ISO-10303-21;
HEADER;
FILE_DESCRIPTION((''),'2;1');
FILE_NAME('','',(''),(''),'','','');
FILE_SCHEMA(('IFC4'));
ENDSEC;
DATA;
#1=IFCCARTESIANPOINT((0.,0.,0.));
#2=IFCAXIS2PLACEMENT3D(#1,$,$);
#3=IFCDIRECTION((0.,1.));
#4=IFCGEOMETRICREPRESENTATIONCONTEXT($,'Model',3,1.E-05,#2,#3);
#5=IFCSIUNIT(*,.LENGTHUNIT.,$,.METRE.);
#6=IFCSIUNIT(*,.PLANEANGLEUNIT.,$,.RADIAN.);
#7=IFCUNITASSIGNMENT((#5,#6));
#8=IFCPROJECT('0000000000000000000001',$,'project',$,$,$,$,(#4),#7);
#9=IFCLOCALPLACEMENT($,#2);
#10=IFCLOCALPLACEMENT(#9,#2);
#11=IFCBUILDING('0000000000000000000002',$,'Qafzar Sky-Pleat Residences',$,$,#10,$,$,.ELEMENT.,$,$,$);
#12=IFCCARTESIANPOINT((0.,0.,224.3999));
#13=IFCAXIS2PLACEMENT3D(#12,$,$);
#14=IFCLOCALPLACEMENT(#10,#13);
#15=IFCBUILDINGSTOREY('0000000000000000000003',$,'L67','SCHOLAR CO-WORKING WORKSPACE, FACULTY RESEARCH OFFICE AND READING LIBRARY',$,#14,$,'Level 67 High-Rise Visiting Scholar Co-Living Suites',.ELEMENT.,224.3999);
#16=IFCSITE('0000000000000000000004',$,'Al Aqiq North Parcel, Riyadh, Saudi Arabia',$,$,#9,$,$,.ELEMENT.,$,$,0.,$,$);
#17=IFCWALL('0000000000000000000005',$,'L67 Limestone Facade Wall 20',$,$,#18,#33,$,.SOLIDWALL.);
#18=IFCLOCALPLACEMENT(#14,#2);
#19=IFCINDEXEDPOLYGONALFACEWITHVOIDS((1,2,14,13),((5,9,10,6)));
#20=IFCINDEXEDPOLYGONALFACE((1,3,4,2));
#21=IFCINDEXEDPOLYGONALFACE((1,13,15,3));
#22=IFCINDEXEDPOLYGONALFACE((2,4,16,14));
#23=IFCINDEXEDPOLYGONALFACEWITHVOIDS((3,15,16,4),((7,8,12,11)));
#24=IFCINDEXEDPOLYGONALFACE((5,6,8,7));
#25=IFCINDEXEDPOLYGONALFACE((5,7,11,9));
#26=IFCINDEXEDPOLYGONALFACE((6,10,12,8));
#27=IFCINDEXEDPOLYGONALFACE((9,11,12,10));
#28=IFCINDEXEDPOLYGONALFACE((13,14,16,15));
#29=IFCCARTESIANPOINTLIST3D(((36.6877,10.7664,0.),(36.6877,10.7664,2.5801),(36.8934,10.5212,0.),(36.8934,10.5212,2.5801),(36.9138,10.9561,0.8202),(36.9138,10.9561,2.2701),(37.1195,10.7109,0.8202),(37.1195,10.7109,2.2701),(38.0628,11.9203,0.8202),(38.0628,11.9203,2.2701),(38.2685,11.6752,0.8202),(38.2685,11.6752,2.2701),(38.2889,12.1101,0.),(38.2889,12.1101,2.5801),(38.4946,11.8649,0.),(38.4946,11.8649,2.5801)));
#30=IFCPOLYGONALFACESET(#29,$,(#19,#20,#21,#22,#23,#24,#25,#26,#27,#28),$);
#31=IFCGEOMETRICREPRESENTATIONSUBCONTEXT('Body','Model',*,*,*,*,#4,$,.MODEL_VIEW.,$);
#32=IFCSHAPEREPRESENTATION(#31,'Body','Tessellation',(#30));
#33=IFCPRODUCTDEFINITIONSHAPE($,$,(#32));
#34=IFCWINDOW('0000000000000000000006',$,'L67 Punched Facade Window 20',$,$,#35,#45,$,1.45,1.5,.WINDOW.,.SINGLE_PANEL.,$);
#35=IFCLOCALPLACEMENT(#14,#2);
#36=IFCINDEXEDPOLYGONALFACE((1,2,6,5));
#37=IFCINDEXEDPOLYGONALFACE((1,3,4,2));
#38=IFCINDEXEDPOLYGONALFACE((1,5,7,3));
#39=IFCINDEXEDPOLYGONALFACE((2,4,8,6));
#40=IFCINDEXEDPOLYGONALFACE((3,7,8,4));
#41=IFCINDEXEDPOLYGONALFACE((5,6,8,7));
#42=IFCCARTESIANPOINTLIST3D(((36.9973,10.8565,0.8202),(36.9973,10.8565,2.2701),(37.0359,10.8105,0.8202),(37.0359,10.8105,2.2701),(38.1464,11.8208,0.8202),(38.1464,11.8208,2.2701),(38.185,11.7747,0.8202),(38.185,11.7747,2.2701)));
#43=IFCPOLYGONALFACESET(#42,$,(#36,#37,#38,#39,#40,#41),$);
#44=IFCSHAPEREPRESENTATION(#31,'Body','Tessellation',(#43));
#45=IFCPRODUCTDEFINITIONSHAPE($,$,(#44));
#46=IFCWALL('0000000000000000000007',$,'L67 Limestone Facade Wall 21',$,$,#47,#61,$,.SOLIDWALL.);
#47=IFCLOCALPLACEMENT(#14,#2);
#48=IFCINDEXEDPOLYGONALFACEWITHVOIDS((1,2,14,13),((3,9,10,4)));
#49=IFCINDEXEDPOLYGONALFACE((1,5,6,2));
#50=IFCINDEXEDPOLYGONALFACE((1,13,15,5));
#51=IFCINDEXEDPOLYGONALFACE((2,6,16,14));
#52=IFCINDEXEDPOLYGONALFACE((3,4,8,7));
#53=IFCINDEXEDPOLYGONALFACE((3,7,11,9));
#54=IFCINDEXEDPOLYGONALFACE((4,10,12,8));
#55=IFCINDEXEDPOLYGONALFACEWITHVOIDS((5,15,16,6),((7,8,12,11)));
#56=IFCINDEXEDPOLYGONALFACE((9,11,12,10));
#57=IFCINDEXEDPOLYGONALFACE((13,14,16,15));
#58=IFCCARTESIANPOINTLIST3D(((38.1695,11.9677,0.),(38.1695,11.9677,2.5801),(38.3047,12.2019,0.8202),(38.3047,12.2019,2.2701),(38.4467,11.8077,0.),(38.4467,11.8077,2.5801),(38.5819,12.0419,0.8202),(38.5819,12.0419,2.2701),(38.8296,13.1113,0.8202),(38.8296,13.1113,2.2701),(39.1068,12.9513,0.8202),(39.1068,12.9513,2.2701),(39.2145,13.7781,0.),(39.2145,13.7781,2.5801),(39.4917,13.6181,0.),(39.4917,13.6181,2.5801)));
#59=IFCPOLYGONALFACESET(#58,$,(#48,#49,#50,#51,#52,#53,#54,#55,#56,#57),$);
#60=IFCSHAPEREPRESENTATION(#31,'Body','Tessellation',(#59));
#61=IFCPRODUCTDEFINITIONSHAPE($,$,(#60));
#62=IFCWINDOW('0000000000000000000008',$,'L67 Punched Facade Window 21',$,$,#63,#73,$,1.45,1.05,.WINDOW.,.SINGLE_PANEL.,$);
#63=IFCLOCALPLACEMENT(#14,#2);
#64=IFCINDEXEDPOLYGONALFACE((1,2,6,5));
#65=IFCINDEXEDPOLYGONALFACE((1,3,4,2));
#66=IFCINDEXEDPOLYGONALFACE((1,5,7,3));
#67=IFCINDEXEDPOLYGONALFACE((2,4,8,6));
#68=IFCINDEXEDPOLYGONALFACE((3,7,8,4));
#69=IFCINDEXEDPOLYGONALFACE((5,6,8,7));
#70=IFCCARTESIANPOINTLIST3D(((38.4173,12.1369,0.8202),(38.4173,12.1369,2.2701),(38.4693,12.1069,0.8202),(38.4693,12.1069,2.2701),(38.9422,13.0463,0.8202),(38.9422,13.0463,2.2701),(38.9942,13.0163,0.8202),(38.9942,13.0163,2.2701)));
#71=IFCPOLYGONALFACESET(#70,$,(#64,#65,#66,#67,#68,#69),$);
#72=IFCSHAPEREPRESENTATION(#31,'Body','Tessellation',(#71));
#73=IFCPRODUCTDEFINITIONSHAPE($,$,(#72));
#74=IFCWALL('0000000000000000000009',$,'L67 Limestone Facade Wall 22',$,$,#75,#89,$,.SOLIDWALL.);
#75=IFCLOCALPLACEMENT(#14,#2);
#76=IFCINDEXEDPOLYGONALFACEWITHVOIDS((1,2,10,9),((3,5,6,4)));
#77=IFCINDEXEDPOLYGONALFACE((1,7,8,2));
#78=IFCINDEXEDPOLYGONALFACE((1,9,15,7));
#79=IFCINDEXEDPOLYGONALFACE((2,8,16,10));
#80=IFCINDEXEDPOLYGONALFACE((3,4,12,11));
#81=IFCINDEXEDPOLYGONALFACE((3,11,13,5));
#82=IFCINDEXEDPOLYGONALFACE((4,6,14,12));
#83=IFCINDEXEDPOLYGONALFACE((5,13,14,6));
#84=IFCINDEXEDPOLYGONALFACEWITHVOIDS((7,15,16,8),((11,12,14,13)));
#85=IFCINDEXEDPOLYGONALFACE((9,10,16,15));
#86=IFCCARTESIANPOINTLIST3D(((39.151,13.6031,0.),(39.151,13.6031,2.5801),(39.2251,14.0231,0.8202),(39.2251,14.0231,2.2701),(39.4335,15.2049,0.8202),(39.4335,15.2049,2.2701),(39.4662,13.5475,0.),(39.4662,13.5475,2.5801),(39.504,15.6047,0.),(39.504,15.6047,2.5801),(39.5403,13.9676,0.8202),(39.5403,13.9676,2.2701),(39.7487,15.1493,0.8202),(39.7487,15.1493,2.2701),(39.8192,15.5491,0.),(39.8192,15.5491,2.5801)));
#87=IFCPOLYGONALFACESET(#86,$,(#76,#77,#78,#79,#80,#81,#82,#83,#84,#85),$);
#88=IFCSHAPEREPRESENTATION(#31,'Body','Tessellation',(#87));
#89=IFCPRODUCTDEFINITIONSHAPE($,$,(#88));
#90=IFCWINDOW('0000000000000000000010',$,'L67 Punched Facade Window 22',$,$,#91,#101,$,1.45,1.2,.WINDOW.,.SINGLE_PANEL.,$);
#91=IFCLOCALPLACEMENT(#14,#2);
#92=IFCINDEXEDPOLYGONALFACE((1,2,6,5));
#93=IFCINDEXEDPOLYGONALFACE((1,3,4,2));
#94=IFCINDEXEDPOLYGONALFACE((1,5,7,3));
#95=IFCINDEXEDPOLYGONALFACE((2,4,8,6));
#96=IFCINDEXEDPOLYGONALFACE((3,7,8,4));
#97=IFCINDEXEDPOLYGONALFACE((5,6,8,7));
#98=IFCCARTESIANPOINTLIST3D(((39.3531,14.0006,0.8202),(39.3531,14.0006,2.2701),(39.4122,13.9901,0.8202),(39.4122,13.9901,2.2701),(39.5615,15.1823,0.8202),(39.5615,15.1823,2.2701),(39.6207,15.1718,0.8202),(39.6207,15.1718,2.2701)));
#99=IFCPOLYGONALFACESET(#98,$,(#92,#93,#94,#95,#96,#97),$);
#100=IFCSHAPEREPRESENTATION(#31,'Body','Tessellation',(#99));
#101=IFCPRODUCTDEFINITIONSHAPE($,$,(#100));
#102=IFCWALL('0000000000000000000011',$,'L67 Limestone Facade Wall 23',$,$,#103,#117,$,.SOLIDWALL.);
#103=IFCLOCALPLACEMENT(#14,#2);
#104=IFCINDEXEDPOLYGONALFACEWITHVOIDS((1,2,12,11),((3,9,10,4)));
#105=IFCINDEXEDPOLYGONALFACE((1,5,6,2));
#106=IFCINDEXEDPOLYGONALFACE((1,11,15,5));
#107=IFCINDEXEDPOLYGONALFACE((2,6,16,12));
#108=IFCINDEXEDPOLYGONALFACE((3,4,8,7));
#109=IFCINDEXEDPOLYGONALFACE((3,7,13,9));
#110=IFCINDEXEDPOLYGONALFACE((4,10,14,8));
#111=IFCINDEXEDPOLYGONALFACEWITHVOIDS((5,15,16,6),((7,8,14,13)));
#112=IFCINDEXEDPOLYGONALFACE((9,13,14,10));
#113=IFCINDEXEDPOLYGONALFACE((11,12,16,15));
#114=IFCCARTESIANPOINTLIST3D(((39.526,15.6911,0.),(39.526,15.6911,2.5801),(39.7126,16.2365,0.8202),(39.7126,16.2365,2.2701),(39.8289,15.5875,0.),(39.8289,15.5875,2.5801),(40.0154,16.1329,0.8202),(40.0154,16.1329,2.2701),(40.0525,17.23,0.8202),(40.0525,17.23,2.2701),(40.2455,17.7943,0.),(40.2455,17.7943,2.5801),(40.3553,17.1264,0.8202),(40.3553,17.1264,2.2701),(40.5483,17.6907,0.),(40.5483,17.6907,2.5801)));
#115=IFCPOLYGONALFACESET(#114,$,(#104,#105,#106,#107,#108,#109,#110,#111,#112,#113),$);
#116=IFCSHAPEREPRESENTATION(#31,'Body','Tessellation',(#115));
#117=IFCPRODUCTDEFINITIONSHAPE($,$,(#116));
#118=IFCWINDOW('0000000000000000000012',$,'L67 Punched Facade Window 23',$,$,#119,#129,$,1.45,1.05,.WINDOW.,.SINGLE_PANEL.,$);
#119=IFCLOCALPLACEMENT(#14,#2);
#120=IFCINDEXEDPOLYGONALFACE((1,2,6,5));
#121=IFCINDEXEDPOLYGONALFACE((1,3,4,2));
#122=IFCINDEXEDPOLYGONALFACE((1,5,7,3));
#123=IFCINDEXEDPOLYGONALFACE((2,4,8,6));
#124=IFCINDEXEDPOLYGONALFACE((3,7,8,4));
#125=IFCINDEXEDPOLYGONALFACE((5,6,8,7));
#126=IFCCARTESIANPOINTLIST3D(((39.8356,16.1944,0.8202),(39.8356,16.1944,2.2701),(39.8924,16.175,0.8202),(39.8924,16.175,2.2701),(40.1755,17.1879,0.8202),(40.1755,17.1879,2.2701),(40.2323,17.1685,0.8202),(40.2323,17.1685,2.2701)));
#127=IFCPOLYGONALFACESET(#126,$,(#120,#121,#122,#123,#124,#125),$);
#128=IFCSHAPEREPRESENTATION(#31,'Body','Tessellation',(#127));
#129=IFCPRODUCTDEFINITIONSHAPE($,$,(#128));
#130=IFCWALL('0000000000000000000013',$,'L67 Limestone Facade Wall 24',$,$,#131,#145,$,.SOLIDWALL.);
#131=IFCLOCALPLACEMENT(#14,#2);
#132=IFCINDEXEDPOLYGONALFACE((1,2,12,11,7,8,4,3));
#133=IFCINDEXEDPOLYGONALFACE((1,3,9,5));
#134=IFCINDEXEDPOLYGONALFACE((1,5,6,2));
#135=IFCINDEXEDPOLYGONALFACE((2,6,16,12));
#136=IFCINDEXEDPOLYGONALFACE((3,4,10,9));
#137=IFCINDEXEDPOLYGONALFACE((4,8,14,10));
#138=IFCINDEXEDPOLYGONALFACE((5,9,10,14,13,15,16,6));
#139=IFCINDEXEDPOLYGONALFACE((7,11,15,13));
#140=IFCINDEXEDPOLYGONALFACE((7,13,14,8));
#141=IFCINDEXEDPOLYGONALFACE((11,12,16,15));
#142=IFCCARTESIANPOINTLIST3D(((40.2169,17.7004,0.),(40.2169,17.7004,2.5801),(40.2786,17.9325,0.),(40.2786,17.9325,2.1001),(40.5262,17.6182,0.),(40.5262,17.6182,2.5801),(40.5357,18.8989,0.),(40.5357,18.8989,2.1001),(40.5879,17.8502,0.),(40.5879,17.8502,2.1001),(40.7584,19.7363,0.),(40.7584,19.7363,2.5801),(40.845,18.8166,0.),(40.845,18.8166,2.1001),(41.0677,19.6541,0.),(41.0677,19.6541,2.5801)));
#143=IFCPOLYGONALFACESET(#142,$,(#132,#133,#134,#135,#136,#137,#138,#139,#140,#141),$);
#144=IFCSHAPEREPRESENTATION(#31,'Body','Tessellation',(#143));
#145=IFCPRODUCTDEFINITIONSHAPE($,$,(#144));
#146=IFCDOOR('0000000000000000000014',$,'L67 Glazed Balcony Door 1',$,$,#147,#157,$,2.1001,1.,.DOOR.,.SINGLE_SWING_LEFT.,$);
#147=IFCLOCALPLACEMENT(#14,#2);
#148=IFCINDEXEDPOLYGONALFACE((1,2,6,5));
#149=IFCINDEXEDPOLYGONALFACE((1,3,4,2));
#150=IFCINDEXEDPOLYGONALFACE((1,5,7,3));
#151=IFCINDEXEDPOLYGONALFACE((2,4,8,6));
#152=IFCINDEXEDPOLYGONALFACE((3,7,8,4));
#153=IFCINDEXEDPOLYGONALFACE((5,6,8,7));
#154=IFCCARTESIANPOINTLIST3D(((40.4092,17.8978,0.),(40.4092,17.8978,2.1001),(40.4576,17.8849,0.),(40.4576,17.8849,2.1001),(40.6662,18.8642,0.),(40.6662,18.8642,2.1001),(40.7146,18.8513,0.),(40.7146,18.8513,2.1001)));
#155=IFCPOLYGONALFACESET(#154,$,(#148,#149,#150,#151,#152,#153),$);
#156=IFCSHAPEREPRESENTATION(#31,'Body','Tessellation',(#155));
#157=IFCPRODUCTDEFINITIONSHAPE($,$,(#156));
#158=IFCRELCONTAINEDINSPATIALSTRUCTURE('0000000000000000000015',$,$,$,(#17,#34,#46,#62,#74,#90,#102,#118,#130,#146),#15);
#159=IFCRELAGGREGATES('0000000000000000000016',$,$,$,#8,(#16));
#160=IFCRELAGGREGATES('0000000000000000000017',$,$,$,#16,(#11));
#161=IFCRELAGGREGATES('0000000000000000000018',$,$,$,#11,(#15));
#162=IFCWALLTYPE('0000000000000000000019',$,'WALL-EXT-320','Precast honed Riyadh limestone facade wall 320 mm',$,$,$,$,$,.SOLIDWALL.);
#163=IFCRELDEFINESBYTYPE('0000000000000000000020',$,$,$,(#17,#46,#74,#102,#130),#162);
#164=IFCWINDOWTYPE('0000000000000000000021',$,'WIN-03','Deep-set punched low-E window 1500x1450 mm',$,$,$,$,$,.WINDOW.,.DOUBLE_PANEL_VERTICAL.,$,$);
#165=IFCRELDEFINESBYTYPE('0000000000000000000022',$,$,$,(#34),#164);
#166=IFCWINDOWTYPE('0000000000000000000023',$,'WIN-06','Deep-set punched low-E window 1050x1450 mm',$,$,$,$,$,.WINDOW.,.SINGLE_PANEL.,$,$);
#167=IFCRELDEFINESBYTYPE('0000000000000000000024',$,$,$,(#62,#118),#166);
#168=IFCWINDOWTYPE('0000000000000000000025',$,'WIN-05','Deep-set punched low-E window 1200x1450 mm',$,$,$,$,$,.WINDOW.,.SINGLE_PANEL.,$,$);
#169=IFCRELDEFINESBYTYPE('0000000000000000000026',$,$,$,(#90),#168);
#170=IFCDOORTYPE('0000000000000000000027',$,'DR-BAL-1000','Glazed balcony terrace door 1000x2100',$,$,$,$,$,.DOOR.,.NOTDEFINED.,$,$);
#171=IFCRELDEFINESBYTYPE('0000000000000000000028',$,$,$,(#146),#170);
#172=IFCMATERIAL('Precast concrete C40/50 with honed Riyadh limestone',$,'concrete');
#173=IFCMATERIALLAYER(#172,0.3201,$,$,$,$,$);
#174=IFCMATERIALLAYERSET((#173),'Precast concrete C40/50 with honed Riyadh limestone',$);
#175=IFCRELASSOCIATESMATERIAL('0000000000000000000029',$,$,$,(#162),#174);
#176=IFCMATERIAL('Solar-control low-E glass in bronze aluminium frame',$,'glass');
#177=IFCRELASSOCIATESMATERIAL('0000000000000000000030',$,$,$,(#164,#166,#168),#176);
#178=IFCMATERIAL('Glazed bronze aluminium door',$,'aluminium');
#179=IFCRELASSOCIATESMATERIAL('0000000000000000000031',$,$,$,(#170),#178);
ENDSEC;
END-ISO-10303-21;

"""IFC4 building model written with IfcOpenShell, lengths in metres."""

from ifc_helpers import new_model, si_unit, direction, frame, frame_2d, origin, place, context, subcontext, project, spatial, rectangle, extrude, source, transform, mapped, material, layer, layer_set, type_object, element, fill, save


model = new_model("IFC4")

# Units and contexts
model_context = context("Model", 3, precision=1e-05, world=origin(), true_north=direction((0.0, 1.0)))
body_context = subcontext(model_context, "Body", "Model", "MODEL_VIEW")
ifc_project = project(units=[si_unit("LENGTHUNIT", "METRE"), si_unit("PLANEANGLEUNIT", "RADIAN")], contexts=[model_context])

# Site, building, storey
site_placement = place(None, origin())
site = spatial("IfcSite", under=ifc_project, at=site_placement, Name="Al Aqiq North Parcel, Riyadh, Saudi Arabia", CompositionType="ELEMENT", RefElevation=0.0)
building_placement = place(site_placement, origin())
building = spatial("IfcBuilding", under=site, at=building_placement, Name="Qafzar Sky-Pleat Residences", CompositionType="ELEMENT")
storey_placement = place(building_placement, frame((0.0, 0.0, 224.3999)))
storey = spatial("IfcBuildingStorey", under=building, at=storey_placement, Name="L67", Description="SCHOLAR CO-WORKING WORKSPACE, FACULTY RESEARCH OFFICE AND READING LIBRARY", LongName="Level 67 High-Rise Visiting Scholar Co-Living Suites", CompositionType="ELEMENT", Elevation=224.3999)

# Walls, openings, windows
ifc_material_1 = material(Name="Precast concrete C40/50 with honed Riyadh limestone", Category="concrete")
ifc_layer_1 = layer(ifc_material_1, 0.3201)
ifc_layer_set_1 = layer_set([ifc_layer_1], Name="Precast concrete C40/50 with honed Riyadh limestone")
wall_type_1 = type_object("IfcWallType", Name="WALL-EXT-320", Description="Precast honed Riyadh limestone facade wall 320 mm", PredefinedType="SOLIDWALL", material=ifc_layer_set_1)
ifc_material_2 = material(Name="Solar-control low-E glass in bronze aluminium frame", Category="glass")
wall_1_placement = place(storey_placement, frame((36.7905, 10.6438, 0.0), z_axis=(0.0, 0.0, 1.0), x_axis=(0.766025, 0.642811, 0.0)))
wall_1 = element("IfcWall", 1, at=wall_1_placement, inside=storey, type_object=wall_type_1, Name="L67 Limestone Facade Wall 20", PredefinedType="SOLIDWALL", context=body_context, shape_type="SweptSolid", body=[
    extrude(rectangle(XDim=2.0903, YDim=0.3201, at=frame_2d((1.0452, 0.0))), origin(), (0.0, 0.0, 1.0), 2.5801),
])
opening_1_placement = place(wall_1_placement, frame((0.2952, 0.0, 0.8201)))
opening_1 = element("IfcOpeningElement", 2, at=opening_1_placement, cuts=wall_1, PredefinedType="OPENING", context=body_context, shape_type="SweptSolid", body=[
    extrude(rectangle(XDim=1.5, YDim=1.45, at=frame_2d((0.75, 0.7251))), frame((0.0, 0.1699, 0.0), z_axis=(0.0, -1.0, 0.0), x_axis=(1.0, 0.0, 0.0)), (0.0, 0.0, 1.0), 0.3401),
])
window_type_1 = type_object("IfcWindowType", Name="WIN-03", Description="Deep-set punched low-E window 1500x1450 mm", PartitioningType="DOUBLE_PANEL_VERTICAL", PredefinedType="WINDOW", material=ifc_material_2)
shared_shape_1 = source(origin(), body_context, "Body", "SweptSolid", [
    extrude(rectangle(XDim=1.5, YDim=1.45, at=frame_2d((0.75, 0.7251))), frame((0.0, 0.03, 0.0), z_axis=(0.0, -1.0, 0.0), x_axis=(1.0, 0.0, 0.0)), (0.0, 0.0, 1.0), 0.0601),
])
window_1_placement = place(opening_1_placement, origin())
window_1 = element("IfcWindow", 3, at=window_1_placement, inside=storey, type_object=window_type_1, Name="L67 Punched Facade Window 20", OverallHeight=1.45, OverallWidth=1.5, PartitioningType="SINGLE_PANEL", PredefinedType="WINDOW", context=body_context, shape_type="MappedRepresentation", body=[
    mapped(shared_shape_1, transform((0.0, 0.0, 0.0), x_axis=(1.0, 0.0, 0.0), y_axis=(0.0, 1.0, 0.0), z_axis=(0.0, 0.0, 1.0), scale=1.0)),
])
fill(opening_1, window_1)
wall_2_placement = place(storey_placement, frame((38.3081, 11.8877, 0.0), z_axis=(0.0, 0.0, 1.0), x_axis=(0.499908, 0.866079, 0.0)))
wall_2 = element("IfcWall", 4, at=wall_2_placement, inside=storey, type_object=wall_type_1, Name="L67 Limestone Facade Wall 21", PredefinedType="SOLIDWALL", context=body_context, shape_type="SweptSolid", body=[
    extrude(rectangle(XDim=2.0903, YDim=0.3201, at=frame_2d((1.0452, 0.0))), origin(), (0.0, 0.0, 1.0), 2.5801),
])
opening_2_placement = place(wall_2_placement, frame((0.2705, 0.0, 0.8201)))
opening_2 = element("IfcOpeningElement", 5, at=opening_2_placement, cuts=wall_2, PredefinedType="OPENING", context=body_context, shape_type="SweptSolid", body=[
    extrude(rectangle(XDim=1.05, YDim=1.45, at=frame_2d((0.5249, 0.7251))), frame((0.0, 0.1699, 0.0), z_axis=(0.0, -1.0, 0.0), x_axis=(1.0, 0.0, 0.0)), (0.0, 0.0, 1.0), 0.3401),
])
window_type_2 = type_object("IfcWindowType", Name="WIN-06", Description="Deep-set punched low-E window 1050x1450 mm", PartitioningType="SINGLE_PANEL", PredefinedType="WINDOW", material=ifc_material_2)
shared_shape_2 = source(origin(), body_context, "Body", "SweptSolid", [
    extrude(rectangle(XDim=1.05, YDim=1.45, at=frame_2d((0.5249, 0.7251))), frame((0.0, 0.03, 0.0), z_axis=(0.0, -1.0, 0.0), x_axis=(1.0, 0.0, 0.0)), (0.0, 0.0, 1.0), 0.0601),
])
window_2_placement = place(opening_2_placement, origin())
window_2 = element("IfcWindow", 6, at=window_2_placement, inside=storey, type_object=window_type_2, Name="L67 Punched Facade Window 21", OverallHeight=1.45, OverallWidth=1.05, PartitioningType="SINGLE_PANEL", PredefinedType="WINDOW", context=body_context, shape_type="MappedRepresentation", body=[
    mapped(shared_shape_2, transform((0.0, 0.0, 0.0), x_axis=(1.0, 0.0, 0.0), y_axis=(0.0, 1.0, 0.0), z_axis=(0.0, 0.0, 1.0), scale=1.0)),
])
fill(opening_2, window_2)
wall_3_placement = place(storey_placement, frame((39.3086, 13.5754, 0.0), z_axis=(0.0, 0.0, 1.0), x_axis=(0.173703, 0.984798, 0.0)))
wall_3 = element("IfcWall", 7, at=wall_3_placement, inside=storey, type_object=wall_type_1, Name="L67 Limestone Facade Wall 22", PredefinedType="SOLIDWALL", context=body_context, shape_type="SweptSolid", body=[
    extrude(rectangle(XDim=2.0325, YDim=0.3201, at=frame_2d((1.0161, 0.0))), origin(), (0.0, 0.0, 1.0), 2.5801),
])
opening_3_placement = place(wall_3_placement, frame((0.4263, 0.0, 0.8201)))
opening_3 = element("IfcOpeningElement", 8, at=opening_3_placement, cuts=wall_3, PredefinedType="OPENING", context=body_context, shape_type="SweptSolid", body=[
    extrude(rectangle(XDim=1.2, YDim=1.45, at=frame_2d((0.6001, 0.7251))), frame((0.0, 0.1699, 0.0), z_axis=(0.0, -1.0, 0.0), x_axis=(1.0, 0.0, 0.0)), (0.0, 0.0, 1.0), 0.3401),
])
window_type_3 = type_object("IfcWindowType", Name="WIN-05", Description="Deep-set punched low-E window 1200x1450 mm", PartitioningType="SINGLE_PANEL", PredefinedType="WINDOW", material=ifc_material_2)
shared_shape_3 = source(origin(), body_context, "Body", "SweptSolid", [
    extrude(rectangle(XDim=1.2, YDim=1.45, at=frame_2d((0.6001, 0.7251))), frame((0.0, 0.03, 0.0), z_axis=(0.0, -1.0, 0.0), x_axis=(1.0, 0.0, 0.0)), (0.0, 0.0, 1.0), 0.0601),
])
window_3_placement = place(opening_3_placement, origin())
window_3 = element("IfcWindow", 9, at=window_3_placement, inside=storey, type_object=window_type_3, Name="L67 Punched Facade Window 22", OverallHeight=1.45, OverallWidth=1.2, PartitioningType="SINGLE_PANEL", PredefinedType="WINDOW", context=body_context, shape_type="MappedRepresentation", body=[
    mapped(shared_shape_3, transform((0.0, 0.0, 0.0), x_axis=(1.0, 0.0, 0.0), y_axis=(0.0, 1.0, 0.0), z_axis=(0.0, 0.0, 1.0), scale=1.0)),
])
fill(opening_3, window_3)
wall_4_placement = place(storey_placement, frame((39.6775, 15.6394, 0.0), z_axis=(0.0, 0.0, 1.0), x_axis=(0.323664, 0.946172, 0.0)))
wall_4 = element("IfcWall", 10, at=wall_4_placement, inside=storey, type_object=wall_type_1, Name="L67 Limestone Facade Wall 23", PredefinedType="SOLIDWALL", context=body_context, shape_type="SweptSolid", body=[
    extrude(rectangle(XDim=2.2229, YDim=0.3201, at=frame_2d((1.1113, 0.0))), origin(), (0.0, 0.0, 1.0), 2.5801),
])
opening_4_placement = place(wall_4_placement, frame((0.5764, 0.0, 0.8201)))
opening_4 = element("IfcOpeningElement", 11, at=opening_4_placement, cuts=wall_4, PredefinedType="OPENING", context=body_context, shape_type="SweptSolid", body=[
    extrude(rectangle(XDim=1.05, YDim=1.45, at=frame_2d((0.5249, 0.7251))), frame((0.0, 0.1699, 0.0), z_axis=(0.0, -1.0, 0.0), x_axis=(1.0, 0.0, 0.0)), (0.0, 0.0, 1.0), 0.3401),
])
window_4_placement = place(opening_4_placement, origin())
window_4 = element("IfcWindow", 12, at=window_4_placement, inside=storey, type_object=window_type_2, Name="L67 Punched Facade Window 23", OverallHeight=1.45, OverallWidth=1.05, PartitioningType="SINGLE_PANEL", PredefinedType="WINDOW", context=body_context, shape_type="MappedRepresentation", body=[
    mapped(shared_shape_2, transform((0.0, 0.0, 0.0), x_axis=(1.0, 0.0, 0.0), y_axis=(0.0, 1.0, 0.0), z_axis=(0.0, 0.0, 1.0), scale=1.0)),
])
fill(opening_4, window_4)

# Wall, opening, door
wall_5_placement = place(storey_placement, frame((40.3716, 17.6594, 0.0), z_axis=(0.0, 0.0, 1.0), x_axis=(0.257042, 0.9664, 0.0)))
wall_5 = element("IfcWall", 13, at=wall_5_placement, inside=storey, type_object=wall_type_1, Name="L67 Limestone Facade Wall 24", PredefinedType="SOLIDWALL", context=body_context, shape_type="SweptSolid", body=[
    extrude(rectangle(XDim=2.1067, YDim=0.3201, at=frame_2d((1.0532, 0.0))), origin(), (0.0, 0.0, 1.0), 2.5801),
])
opening_5_placement = place(wall_5_placement, frame((0.24, 0.0, 0.0)))
opening_5 = element("IfcOpeningElement", 14, at=opening_5_placement, cuts=wall_5, PredefinedType="OPENING", context=body_context, shape_type="SweptSolid", body=[
    extrude(rectangle(XDim=1.0, YDim=2.1001, at=frame_2d((0.5, 1.05))), frame((0.0, 0.1699, 0.0), z_axis=(0.0, -1.0, 0.0), x_axis=(1.0, 0.0, 0.0)), (0.0, 0.0, 1.0), 0.3401),
])
ifc_material_3 = material(Name="Glazed bronze aluminium door", Category="aluminium")
door_type_1 = type_object("IfcDoorType", Name="DR-BAL-1000", Description="Glazed balcony terrace door 1000x2100", OperationType="NOTDEFINED", PredefinedType="DOOR", material=ifc_material_3)
shared_shape_4 = source(origin(), body_context, "Body", "SweptSolid", [
    extrude(rectangle(XDim=1.0, YDim=2.1001, at=frame_2d((0.5, 1.05))), frame((0.0, 0.0249, 0.0), z_axis=(0.0, -1.0, 0.0), x_axis=(1.0, 0.0, 0.0)), (0.0, 0.0, 1.0), 0.05),
])
door_1_placement = place(opening_5_placement, origin())
door_1 = element("IfcDoor", 15, at=door_1_placement, inside=storey, type_object=door_type_1, Name="L67 Glazed Balcony Door 1", OperationType="SINGLE_SWING_LEFT", OverallHeight=2.1001, OverallWidth=1.0, PredefinedType="DOOR", context=body_context, shape_type="MappedRepresentation", body=[
    mapped(shared_shape_4, transform((0.0, 0.0, 0.0), x_axis=(1.0, 0.0, 0.0), y_axis=(0.0, 1.0, 0.0), z_axis=(0.0, 0.0, 1.0), scale=1.0)),
])
fill(opening_5, door_1)

save(model, "model.ifc")
